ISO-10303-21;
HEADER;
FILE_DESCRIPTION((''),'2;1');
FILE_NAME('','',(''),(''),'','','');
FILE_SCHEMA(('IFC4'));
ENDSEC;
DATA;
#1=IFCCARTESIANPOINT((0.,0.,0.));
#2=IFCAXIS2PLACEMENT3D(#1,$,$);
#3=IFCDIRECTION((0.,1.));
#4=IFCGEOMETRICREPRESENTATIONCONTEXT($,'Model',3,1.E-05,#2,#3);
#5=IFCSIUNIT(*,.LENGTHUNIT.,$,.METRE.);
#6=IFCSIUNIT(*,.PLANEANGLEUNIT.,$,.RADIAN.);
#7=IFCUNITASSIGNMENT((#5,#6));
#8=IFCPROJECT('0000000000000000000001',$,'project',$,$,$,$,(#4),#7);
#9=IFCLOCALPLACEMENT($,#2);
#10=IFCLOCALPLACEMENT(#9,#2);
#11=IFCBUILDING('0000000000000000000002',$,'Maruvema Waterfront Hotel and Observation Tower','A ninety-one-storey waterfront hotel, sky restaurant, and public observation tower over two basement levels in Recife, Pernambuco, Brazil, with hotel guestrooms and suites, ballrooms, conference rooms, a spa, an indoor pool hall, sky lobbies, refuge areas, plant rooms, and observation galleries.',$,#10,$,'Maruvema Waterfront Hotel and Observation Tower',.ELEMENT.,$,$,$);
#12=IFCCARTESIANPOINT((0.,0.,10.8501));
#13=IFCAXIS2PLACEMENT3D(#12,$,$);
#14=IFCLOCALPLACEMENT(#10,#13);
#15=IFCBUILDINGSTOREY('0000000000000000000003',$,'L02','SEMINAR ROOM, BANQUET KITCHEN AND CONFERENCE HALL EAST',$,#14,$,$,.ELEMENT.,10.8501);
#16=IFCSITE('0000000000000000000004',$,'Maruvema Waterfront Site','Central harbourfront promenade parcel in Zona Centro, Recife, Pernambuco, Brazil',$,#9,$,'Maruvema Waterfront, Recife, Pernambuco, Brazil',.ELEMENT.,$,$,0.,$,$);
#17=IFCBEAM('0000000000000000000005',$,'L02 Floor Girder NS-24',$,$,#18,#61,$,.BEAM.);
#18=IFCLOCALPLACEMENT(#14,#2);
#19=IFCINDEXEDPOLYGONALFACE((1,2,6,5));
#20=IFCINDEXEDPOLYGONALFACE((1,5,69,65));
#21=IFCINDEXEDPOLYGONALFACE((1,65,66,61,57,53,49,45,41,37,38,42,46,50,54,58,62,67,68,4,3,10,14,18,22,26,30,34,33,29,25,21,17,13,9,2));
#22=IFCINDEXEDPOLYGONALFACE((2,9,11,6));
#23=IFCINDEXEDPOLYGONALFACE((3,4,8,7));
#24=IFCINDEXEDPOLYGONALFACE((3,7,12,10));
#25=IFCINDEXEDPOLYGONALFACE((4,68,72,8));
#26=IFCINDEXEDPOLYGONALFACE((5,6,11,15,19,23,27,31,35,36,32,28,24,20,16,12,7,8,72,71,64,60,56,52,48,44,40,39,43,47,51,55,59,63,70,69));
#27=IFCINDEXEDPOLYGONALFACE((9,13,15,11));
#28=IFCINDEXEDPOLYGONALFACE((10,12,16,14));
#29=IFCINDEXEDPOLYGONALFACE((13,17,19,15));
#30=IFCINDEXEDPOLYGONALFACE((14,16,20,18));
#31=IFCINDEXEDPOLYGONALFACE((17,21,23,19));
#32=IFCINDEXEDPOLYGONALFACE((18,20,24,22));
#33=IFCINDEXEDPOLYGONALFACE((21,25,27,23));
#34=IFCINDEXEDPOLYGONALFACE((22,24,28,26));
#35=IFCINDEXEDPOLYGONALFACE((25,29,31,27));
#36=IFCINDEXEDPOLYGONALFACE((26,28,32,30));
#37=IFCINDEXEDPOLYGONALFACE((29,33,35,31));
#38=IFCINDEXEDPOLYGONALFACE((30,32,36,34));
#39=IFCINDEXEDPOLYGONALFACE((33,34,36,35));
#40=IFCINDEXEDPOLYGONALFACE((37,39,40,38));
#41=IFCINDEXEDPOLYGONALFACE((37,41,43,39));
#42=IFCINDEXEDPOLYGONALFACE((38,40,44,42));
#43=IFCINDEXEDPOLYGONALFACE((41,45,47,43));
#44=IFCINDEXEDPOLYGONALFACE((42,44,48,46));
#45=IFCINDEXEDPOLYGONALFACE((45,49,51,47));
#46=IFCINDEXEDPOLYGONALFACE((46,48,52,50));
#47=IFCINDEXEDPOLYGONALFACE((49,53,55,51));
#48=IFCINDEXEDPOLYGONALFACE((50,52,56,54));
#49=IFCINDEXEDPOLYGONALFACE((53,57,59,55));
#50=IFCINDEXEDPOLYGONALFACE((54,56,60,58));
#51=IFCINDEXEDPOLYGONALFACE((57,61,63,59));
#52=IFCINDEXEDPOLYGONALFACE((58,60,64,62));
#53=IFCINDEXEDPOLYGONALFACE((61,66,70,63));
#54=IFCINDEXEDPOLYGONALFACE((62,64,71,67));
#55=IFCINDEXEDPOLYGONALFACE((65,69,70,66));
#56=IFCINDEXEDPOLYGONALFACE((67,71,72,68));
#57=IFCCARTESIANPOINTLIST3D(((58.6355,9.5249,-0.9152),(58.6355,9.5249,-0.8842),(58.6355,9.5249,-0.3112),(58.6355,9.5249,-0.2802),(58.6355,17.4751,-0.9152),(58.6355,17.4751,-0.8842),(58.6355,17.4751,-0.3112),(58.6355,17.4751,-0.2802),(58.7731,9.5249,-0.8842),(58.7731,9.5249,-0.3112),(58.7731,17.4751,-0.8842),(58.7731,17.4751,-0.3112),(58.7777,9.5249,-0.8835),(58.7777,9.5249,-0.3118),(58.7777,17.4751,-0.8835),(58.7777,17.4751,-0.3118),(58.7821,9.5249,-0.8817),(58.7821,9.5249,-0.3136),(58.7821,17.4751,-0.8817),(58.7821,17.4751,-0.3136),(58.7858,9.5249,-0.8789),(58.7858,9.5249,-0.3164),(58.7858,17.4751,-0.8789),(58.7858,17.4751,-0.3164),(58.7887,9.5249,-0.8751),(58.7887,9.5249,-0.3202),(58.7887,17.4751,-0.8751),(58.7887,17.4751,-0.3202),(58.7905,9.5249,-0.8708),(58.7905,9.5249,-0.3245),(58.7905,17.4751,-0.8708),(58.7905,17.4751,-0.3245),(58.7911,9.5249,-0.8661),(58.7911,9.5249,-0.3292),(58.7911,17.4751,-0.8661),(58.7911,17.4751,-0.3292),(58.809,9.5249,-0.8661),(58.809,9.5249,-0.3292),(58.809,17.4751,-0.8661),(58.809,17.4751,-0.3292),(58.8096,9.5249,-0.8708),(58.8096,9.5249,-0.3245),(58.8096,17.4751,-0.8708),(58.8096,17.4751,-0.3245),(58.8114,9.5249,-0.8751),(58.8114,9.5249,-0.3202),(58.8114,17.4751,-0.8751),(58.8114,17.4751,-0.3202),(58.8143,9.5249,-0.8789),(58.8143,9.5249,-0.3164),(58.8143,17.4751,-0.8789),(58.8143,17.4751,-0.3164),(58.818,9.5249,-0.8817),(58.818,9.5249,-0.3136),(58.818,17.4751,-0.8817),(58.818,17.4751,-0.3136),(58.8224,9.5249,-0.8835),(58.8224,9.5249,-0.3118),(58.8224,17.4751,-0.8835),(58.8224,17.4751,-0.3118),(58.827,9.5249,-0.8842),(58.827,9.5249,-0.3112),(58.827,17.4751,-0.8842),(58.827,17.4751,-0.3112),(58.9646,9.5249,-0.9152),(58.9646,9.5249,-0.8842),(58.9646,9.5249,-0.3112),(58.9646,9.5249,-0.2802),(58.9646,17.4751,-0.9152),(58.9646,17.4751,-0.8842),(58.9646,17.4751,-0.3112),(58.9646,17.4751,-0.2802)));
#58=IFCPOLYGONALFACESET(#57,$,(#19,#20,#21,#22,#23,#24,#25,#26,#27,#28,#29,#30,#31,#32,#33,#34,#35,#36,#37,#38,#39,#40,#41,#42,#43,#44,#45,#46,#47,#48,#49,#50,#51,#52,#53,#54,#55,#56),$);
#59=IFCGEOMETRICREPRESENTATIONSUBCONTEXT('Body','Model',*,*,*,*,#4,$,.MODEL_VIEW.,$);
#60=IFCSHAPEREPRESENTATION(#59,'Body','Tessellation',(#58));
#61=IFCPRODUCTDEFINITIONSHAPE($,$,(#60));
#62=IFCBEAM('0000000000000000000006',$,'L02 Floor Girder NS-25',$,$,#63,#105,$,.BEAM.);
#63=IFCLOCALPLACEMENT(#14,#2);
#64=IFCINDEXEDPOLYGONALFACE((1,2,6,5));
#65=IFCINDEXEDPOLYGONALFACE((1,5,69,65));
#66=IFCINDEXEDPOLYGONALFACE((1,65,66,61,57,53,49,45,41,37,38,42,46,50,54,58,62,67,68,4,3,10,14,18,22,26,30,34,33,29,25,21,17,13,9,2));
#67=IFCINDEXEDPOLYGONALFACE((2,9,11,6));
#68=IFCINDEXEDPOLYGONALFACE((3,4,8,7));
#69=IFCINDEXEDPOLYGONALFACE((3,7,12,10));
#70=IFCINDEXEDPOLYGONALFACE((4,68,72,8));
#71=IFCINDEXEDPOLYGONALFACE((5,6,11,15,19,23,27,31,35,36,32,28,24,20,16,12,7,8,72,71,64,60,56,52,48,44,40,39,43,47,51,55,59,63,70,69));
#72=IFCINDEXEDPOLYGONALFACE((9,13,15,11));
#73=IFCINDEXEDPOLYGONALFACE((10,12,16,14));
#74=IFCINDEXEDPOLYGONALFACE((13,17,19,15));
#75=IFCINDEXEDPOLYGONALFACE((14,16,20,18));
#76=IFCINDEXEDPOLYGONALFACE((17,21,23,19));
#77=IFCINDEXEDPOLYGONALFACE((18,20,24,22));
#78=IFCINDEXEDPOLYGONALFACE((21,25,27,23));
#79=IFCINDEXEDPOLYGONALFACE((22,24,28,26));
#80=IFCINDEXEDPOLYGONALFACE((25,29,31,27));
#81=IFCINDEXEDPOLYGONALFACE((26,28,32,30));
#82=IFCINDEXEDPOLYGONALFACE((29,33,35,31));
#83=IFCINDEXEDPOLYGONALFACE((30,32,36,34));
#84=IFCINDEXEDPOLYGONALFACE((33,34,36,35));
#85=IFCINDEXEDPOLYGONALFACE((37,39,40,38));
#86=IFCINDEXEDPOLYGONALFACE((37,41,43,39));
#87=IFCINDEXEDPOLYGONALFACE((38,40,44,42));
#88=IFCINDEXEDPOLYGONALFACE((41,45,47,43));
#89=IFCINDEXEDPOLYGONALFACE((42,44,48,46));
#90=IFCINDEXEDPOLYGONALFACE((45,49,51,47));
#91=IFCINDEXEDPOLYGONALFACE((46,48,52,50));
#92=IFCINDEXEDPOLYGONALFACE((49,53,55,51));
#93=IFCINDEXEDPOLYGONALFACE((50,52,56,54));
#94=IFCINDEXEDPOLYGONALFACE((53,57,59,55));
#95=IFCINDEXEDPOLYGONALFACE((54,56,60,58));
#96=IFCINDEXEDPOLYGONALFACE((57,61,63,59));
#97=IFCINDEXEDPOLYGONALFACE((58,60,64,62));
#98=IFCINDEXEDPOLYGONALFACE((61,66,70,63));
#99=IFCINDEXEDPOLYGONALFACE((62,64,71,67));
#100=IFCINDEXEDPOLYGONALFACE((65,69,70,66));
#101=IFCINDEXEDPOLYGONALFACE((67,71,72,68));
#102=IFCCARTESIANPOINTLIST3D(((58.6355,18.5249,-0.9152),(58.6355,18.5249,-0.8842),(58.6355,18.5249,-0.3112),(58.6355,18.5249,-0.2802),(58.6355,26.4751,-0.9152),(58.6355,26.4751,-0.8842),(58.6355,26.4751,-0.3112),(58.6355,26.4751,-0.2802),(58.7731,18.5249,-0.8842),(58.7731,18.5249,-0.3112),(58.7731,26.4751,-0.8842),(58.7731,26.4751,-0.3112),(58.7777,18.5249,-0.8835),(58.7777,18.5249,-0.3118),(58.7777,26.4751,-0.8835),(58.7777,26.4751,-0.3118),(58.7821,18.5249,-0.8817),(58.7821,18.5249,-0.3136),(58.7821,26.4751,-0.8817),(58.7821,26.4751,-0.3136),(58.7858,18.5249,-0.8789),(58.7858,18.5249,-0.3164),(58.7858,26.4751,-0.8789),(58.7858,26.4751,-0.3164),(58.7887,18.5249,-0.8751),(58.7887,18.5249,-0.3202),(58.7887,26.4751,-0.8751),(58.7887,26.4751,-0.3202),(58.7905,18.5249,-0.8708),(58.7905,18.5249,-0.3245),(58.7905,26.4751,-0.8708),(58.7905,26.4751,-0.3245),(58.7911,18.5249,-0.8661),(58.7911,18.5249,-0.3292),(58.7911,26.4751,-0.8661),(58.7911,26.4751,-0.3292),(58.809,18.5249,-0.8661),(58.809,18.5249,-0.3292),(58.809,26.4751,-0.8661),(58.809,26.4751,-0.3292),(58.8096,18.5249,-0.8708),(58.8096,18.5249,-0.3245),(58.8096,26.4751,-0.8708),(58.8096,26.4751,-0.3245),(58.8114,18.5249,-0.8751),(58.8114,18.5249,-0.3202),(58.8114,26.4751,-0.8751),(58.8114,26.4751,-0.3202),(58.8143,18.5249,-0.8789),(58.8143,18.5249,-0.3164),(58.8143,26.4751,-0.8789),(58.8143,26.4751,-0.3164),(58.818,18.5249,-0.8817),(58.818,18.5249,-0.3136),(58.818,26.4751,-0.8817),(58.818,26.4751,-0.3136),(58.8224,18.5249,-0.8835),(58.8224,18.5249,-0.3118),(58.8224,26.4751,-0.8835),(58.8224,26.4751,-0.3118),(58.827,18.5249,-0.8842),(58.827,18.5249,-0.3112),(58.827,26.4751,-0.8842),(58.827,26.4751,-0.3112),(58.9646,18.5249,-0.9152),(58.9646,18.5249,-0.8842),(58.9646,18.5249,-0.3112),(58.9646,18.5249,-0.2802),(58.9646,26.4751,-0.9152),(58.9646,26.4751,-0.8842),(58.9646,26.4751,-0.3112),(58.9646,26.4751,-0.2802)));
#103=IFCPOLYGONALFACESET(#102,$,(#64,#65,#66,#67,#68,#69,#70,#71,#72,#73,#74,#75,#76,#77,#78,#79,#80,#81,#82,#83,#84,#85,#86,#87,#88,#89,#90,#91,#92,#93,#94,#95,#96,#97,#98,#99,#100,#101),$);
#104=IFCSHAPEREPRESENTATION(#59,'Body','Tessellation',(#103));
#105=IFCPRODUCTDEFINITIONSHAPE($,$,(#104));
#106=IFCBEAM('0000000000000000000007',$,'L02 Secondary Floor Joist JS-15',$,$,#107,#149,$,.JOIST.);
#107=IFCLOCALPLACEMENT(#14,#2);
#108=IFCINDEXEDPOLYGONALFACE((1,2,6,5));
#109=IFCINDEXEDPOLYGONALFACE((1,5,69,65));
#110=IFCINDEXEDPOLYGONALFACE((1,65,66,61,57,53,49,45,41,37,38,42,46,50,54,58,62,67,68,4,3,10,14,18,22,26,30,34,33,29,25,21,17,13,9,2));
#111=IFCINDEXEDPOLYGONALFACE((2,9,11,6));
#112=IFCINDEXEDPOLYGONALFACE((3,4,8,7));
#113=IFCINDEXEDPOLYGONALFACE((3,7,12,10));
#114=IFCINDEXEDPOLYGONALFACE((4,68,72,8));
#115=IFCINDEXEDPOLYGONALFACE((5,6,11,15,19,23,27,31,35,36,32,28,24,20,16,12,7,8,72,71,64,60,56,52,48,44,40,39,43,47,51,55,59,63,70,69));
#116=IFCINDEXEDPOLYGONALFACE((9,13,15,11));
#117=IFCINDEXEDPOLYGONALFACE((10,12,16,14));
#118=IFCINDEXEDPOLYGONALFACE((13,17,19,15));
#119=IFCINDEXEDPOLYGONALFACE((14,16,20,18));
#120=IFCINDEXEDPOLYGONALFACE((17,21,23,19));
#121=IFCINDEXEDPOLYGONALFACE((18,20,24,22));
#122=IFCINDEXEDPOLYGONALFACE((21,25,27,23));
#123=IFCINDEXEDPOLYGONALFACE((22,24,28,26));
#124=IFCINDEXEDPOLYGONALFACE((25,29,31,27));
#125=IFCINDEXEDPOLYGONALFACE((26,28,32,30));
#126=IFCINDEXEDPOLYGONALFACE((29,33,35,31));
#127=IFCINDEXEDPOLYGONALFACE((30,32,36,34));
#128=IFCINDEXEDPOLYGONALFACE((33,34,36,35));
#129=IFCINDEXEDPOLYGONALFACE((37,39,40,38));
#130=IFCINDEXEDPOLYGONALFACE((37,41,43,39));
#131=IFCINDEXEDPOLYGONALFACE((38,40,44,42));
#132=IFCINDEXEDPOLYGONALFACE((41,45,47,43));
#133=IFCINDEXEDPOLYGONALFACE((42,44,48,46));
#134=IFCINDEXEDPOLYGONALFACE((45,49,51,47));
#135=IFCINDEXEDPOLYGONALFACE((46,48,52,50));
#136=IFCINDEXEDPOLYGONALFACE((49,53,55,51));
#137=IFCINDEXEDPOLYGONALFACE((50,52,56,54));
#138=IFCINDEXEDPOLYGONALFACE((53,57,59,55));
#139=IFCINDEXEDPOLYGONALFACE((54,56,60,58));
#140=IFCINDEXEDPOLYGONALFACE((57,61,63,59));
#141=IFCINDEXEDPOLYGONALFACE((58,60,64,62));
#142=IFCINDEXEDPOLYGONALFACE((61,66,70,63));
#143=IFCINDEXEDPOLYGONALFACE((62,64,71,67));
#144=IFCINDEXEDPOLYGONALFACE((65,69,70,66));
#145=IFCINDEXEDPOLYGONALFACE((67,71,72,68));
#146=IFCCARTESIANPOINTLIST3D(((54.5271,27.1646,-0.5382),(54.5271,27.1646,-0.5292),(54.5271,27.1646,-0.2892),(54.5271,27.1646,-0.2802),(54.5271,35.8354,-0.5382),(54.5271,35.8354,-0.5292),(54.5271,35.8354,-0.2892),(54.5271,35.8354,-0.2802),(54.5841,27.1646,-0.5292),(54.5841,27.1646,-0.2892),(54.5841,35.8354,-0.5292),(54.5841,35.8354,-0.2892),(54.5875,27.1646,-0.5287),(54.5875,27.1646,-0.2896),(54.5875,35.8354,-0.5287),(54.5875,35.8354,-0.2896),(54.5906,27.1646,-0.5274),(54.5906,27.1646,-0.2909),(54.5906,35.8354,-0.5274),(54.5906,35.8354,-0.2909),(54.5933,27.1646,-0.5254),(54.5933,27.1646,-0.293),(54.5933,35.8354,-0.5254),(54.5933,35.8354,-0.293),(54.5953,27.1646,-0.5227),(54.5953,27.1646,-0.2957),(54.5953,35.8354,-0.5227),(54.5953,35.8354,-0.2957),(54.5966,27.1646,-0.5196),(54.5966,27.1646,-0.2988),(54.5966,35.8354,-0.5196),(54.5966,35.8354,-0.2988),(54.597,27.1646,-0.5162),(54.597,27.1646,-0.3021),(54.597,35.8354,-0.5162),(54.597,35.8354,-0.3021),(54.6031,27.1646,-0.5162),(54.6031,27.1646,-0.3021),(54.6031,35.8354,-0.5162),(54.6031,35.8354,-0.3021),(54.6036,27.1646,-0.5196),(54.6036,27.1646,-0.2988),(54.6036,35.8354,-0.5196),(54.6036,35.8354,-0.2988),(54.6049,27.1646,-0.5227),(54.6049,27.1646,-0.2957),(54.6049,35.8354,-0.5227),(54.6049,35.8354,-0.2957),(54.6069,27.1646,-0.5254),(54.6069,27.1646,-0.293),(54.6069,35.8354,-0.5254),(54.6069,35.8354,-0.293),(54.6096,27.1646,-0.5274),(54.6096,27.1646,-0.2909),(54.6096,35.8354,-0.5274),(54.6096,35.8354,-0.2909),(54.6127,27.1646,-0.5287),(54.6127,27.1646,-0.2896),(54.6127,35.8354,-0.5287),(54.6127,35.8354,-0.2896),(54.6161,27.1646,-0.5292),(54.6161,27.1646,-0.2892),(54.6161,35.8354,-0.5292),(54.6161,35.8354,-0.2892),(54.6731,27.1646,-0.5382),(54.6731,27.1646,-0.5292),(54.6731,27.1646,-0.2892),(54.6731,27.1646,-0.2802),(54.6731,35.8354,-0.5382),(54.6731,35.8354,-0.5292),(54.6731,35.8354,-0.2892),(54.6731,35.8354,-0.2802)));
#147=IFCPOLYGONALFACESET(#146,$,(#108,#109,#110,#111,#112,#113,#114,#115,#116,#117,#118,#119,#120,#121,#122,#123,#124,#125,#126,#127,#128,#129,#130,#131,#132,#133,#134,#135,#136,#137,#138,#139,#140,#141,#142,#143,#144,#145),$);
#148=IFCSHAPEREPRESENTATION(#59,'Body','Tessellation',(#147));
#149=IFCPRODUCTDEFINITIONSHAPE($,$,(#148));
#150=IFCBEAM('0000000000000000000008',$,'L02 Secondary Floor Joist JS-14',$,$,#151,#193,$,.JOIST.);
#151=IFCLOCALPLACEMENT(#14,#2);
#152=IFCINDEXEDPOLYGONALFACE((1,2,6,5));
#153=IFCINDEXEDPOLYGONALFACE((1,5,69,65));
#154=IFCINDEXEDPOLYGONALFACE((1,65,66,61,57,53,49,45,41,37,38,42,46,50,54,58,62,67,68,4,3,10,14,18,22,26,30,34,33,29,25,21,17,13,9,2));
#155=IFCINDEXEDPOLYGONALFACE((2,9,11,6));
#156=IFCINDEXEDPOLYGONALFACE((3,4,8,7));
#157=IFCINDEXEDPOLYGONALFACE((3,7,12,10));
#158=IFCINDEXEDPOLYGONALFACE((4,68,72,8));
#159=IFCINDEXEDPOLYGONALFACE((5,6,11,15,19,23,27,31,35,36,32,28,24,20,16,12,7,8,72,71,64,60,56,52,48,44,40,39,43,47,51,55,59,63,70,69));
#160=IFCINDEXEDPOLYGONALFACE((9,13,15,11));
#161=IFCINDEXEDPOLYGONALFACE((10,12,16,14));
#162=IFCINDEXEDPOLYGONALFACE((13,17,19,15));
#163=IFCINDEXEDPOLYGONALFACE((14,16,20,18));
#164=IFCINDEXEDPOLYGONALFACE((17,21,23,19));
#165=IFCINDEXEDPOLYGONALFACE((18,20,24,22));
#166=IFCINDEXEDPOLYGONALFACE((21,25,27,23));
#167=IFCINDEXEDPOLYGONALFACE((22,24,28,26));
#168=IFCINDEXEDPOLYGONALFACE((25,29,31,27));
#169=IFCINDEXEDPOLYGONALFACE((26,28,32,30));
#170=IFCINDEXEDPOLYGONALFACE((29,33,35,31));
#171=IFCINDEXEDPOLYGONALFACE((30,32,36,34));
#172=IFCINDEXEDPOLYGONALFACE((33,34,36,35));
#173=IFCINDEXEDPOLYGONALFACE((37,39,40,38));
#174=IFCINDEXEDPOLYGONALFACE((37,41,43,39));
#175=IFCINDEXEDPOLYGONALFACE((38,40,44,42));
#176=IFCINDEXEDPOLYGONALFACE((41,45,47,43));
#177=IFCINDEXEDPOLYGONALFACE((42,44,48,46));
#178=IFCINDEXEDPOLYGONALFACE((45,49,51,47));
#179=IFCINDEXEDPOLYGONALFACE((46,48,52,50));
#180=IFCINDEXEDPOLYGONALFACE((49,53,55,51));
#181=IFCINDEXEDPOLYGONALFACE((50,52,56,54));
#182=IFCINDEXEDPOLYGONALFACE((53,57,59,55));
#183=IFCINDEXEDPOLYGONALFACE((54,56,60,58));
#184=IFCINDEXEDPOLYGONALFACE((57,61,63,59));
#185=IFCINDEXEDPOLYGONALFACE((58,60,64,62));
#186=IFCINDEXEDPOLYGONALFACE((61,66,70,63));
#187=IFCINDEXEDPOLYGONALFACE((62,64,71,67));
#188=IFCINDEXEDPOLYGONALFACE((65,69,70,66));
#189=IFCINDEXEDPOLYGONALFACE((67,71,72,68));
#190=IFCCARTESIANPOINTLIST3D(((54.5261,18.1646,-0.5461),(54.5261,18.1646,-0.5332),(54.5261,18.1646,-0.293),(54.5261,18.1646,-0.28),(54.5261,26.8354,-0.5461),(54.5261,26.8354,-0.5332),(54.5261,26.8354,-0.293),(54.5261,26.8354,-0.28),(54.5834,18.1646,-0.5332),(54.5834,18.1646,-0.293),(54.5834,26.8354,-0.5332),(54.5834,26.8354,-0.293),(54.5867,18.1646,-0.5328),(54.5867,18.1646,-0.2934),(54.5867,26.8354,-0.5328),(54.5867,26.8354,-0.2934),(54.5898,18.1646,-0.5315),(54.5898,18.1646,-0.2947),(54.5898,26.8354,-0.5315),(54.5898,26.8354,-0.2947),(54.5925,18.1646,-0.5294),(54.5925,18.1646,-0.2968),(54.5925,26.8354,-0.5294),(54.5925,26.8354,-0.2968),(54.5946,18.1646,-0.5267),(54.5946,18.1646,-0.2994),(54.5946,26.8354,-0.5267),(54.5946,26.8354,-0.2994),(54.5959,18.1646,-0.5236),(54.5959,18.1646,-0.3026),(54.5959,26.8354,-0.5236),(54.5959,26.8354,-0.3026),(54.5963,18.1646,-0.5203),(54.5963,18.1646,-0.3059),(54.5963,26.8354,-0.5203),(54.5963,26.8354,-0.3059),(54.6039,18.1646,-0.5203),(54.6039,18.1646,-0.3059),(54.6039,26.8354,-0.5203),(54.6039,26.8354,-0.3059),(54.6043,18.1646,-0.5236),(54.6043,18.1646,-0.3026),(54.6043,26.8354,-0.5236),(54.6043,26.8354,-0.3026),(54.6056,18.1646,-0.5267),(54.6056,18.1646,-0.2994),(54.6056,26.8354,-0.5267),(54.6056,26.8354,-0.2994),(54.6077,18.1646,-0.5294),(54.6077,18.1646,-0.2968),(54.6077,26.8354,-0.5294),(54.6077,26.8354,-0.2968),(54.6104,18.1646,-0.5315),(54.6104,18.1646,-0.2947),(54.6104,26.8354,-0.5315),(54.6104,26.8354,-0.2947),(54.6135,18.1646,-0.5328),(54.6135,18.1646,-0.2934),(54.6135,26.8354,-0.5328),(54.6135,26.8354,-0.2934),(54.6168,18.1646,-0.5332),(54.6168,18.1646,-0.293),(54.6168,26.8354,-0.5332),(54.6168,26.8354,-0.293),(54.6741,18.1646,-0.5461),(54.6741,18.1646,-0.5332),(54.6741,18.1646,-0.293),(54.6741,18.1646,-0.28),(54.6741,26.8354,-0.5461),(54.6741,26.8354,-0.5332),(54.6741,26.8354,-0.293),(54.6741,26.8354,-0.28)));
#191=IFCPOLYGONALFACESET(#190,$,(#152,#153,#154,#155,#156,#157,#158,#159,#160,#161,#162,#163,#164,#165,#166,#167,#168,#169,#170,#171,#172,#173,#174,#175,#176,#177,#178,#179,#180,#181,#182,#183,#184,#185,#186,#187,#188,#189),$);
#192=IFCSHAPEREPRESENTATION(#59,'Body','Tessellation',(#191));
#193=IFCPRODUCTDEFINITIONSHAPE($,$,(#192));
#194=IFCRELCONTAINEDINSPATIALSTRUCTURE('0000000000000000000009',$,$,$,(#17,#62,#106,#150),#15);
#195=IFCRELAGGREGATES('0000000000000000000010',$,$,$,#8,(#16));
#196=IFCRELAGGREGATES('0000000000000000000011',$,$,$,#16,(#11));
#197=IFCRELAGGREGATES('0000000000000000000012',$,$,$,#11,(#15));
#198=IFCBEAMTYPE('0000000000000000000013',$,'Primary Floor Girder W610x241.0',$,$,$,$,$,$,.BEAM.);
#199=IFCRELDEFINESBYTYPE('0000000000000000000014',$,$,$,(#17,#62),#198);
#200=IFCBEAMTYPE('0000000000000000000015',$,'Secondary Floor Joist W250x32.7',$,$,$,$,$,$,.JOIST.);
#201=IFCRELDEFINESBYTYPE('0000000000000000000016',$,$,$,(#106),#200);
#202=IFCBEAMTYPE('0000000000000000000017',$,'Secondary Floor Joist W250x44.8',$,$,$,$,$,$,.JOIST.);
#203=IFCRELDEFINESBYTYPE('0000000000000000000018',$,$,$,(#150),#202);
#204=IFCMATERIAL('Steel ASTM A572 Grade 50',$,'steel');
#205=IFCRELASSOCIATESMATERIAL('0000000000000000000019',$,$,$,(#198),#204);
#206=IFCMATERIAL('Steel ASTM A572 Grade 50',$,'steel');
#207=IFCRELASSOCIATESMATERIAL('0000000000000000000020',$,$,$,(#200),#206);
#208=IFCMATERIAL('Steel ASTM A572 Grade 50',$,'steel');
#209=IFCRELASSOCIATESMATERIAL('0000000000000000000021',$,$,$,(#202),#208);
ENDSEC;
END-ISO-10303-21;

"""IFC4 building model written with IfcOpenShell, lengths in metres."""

from ifc_helpers import new_model, si_unit, direction, frame, origin, origin_2d, place, context, subcontext, project, spatial, i_section, extrude, material, material_profile, profile_set, type_object, element, save


model = new_model("IFC4")

# Units and contexts
model_context = context("Model", 3, precision=1e-05, world=origin(), true_north=direction((0.0, 1.0)))
body_context = subcontext(model_context, "Body", "Model", "MODEL_VIEW")
ifc_project = project(units=[si_unit("LENGTHUNIT", "METRE"), si_unit("PLANEANGLEUNIT", "RADIAN")], contexts=[model_context])

# Site, building, storey
site_placement = place(None, origin())
site = spatial("IfcSite", under=ifc_project, at=site_placement, Name="Maruvema Waterfront Site", Description="Central harbourfront promenade parcel in Zona Centro, Recife, Pernambuco, Brazil", LongName="Maruvema Waterfront, Recife, Pernambuco, Brazil", CompositionType="ELEMENT", RefElevation=0.0)
building_placement = place(site_placement, origin())
building = spatial("IfcBuilding", under=site, at=building_placement, Name="Maruvema Waterfront Hotel and Observation Tower", Description="A ninety-one-storey waterfront hotel, sky restaurant, and public observation tower over two basement levels in Recife, Pernambuco, Brazil, with hotel guestrooms and suites, ballrooms, conference rooms, a spa, an indoor pool hall, sky lobbies, refuge areas, plant rooms, and observation galleries.", LongName="Maruvema Waterfront Hotel and Observation Tower", CompositionType="ELEMENT")
storey_placement = place(building_placement, frame((0.0, 0.0, 10.8501)))
storey = spatial("IfcBuildingStorey", under=building, at=storey_placement, Name="L02", Description="SEMINAR ROOM, BANQUET KITCHEN AND CONFERENCE HALL EAST", CompositionType="ELEMENT", Elevation=10.8501)

# Beams
ifc_material_1 = material(Name="Steel ASTM A572 Grade 50", Category="steel")
ifc_material_profile_1 = material_profile(ifc_material_1, i_section(OverallWidth=0.3291, OverallDepth=0.635, WebThickness=0.0178, FlangeThickness=0.031, FilletRadius=0.0181, at=origin_2d()), Name="W610x241.0")
ifc_profile_set_1 = profile_set([ifc_material_profile_1], Name="Steel ASTM A572 Grade 50")
beam_type_1 = type_object("IfcBeamType", Name="Primary Floor Girder W610x241.0", PredefinedType="BEAM", material=ifc_profile_set_1)
for number, where, z_axis, x_axis, name in (
    (1, (58.8, 9.5249, -0.5977), (0.0, 1.0, 0.0), (-1.0, 0.0, 0.0), "L02 Floor Girder NS-24"),
    (2, (58.8, 18.5249, -0.5977), (0.0, 1.0, 0.0), (-1.0, 0.0, 0.0), "L02 Floor Girder NS-25"),
):
    element("IfcBeam", number, at=place(storey_placement, frame(where, z_axis=z_axis, x_axis=x_axis)), inside=storey, type_object=beam_type_1, Name=name, PredefinedType="BEAM", context=body_context, shape_type="SweptSolid", body=[
        extrude(i_section(OverallWidth=0.3291, OverallDepth=0.635, WebThickness=0.0178, FlangeThickness=0.031, FilletRadius=0.0181, at=origin_2d()), origin(), (0.0, 0.0, 1.0), 7.9502),
    ])
ifc_material_2 = material(Name="Steel ASTM A572 Grade 50", Category="steel")
ifc_material_profile_2 = material_profile(ifc_material_2, i_section(OverallWidth=0.146, OverallDepth=0.2581, WebThickness=0.0061, FlangeThickness=0.009, FilletRadius=0.0129, at=origin_2d()), Name="W250x32.7")
ifc_profile_set_2 = profile_set([ifc_material_profile_2], Name="Steel ASTM A572 Grade 50")
beam_type_2 = type_object("IfcBeamType", Name="Secondary Floor Joist W250x32.7", PredefinedType="JOIST", material=ifc_profile_set_2)
beam_1_placement = place(storey_placement, frame((54.6001, 27.1646, -0.4092), z_axis=(0.0, 1.0, 0.0), x_axis=(-1.0, 0.0, 0.0)))
element("IfcBeam", 3, at=beam_1_placement, inside=storey, type_object=beam_type_2, Name="L02 Secondary Floor Joist JS-15", PredefinedType="JOIST", context=body_context, shape_type="SweptSolid", body=[
    extrude(i_section(OverallWidth=0.146, OverallDepth=0.2581, WebThickness=0.0061, FlangeThickness=0.009, FilletRadius=0.0129, at=origin_2d()), origin(), (0.0, 0.0, 1.0), 8.6709),
])
ifc_material_3 = material(Name="Steel ASTM A572 Grade 50", Category="steel")
ifc_material_profile_3 = material_profile(ifc_material_3, i_section(OverallWidth=0.1479, OverallDepth=0.2661, WebThickness=0.0076, FlangeThickness=0.0129, FilletRadius=0.0129, at=origin_2d()), Name="W250x44.8")
ifc_profile_set_3 = profile_set([ifc_material_profile_3], Name="Steel ASTM A572 Grade 50")
beam_type_3 = type_object("IfcBeamType", Name="Secondary Floor Joist W250x44.8", PredefinedType="JOIST", material=ifc_profile_set_3)
beam_2_placement = place(storey_placement, frame((54.6001, 18.1646, -0.4131), z_axis=(0.0, 1.0, 0.0), x_axis=(-1.0, 0.0, 0.0)))
element("IfcBeam", 4, at=beam_2_placement, inside=storey, type_object=beam_type_3, Name="L02 Secondary Floor Joist JS-14", PredefinedType="JOIST", context=body_context, shape_type="SweptSolid", body=[
    extrude(i_section(OverallWidth=0.1479, OverallDepth=0.2661, WebThickness=0.0076, FlangeThickness=0.0129, FilletRadius=0.0129, at=origin_2d()), origin(), (0.0, 0.0, 1.0), 8.6709),
])

save(model, "model.ifc")
